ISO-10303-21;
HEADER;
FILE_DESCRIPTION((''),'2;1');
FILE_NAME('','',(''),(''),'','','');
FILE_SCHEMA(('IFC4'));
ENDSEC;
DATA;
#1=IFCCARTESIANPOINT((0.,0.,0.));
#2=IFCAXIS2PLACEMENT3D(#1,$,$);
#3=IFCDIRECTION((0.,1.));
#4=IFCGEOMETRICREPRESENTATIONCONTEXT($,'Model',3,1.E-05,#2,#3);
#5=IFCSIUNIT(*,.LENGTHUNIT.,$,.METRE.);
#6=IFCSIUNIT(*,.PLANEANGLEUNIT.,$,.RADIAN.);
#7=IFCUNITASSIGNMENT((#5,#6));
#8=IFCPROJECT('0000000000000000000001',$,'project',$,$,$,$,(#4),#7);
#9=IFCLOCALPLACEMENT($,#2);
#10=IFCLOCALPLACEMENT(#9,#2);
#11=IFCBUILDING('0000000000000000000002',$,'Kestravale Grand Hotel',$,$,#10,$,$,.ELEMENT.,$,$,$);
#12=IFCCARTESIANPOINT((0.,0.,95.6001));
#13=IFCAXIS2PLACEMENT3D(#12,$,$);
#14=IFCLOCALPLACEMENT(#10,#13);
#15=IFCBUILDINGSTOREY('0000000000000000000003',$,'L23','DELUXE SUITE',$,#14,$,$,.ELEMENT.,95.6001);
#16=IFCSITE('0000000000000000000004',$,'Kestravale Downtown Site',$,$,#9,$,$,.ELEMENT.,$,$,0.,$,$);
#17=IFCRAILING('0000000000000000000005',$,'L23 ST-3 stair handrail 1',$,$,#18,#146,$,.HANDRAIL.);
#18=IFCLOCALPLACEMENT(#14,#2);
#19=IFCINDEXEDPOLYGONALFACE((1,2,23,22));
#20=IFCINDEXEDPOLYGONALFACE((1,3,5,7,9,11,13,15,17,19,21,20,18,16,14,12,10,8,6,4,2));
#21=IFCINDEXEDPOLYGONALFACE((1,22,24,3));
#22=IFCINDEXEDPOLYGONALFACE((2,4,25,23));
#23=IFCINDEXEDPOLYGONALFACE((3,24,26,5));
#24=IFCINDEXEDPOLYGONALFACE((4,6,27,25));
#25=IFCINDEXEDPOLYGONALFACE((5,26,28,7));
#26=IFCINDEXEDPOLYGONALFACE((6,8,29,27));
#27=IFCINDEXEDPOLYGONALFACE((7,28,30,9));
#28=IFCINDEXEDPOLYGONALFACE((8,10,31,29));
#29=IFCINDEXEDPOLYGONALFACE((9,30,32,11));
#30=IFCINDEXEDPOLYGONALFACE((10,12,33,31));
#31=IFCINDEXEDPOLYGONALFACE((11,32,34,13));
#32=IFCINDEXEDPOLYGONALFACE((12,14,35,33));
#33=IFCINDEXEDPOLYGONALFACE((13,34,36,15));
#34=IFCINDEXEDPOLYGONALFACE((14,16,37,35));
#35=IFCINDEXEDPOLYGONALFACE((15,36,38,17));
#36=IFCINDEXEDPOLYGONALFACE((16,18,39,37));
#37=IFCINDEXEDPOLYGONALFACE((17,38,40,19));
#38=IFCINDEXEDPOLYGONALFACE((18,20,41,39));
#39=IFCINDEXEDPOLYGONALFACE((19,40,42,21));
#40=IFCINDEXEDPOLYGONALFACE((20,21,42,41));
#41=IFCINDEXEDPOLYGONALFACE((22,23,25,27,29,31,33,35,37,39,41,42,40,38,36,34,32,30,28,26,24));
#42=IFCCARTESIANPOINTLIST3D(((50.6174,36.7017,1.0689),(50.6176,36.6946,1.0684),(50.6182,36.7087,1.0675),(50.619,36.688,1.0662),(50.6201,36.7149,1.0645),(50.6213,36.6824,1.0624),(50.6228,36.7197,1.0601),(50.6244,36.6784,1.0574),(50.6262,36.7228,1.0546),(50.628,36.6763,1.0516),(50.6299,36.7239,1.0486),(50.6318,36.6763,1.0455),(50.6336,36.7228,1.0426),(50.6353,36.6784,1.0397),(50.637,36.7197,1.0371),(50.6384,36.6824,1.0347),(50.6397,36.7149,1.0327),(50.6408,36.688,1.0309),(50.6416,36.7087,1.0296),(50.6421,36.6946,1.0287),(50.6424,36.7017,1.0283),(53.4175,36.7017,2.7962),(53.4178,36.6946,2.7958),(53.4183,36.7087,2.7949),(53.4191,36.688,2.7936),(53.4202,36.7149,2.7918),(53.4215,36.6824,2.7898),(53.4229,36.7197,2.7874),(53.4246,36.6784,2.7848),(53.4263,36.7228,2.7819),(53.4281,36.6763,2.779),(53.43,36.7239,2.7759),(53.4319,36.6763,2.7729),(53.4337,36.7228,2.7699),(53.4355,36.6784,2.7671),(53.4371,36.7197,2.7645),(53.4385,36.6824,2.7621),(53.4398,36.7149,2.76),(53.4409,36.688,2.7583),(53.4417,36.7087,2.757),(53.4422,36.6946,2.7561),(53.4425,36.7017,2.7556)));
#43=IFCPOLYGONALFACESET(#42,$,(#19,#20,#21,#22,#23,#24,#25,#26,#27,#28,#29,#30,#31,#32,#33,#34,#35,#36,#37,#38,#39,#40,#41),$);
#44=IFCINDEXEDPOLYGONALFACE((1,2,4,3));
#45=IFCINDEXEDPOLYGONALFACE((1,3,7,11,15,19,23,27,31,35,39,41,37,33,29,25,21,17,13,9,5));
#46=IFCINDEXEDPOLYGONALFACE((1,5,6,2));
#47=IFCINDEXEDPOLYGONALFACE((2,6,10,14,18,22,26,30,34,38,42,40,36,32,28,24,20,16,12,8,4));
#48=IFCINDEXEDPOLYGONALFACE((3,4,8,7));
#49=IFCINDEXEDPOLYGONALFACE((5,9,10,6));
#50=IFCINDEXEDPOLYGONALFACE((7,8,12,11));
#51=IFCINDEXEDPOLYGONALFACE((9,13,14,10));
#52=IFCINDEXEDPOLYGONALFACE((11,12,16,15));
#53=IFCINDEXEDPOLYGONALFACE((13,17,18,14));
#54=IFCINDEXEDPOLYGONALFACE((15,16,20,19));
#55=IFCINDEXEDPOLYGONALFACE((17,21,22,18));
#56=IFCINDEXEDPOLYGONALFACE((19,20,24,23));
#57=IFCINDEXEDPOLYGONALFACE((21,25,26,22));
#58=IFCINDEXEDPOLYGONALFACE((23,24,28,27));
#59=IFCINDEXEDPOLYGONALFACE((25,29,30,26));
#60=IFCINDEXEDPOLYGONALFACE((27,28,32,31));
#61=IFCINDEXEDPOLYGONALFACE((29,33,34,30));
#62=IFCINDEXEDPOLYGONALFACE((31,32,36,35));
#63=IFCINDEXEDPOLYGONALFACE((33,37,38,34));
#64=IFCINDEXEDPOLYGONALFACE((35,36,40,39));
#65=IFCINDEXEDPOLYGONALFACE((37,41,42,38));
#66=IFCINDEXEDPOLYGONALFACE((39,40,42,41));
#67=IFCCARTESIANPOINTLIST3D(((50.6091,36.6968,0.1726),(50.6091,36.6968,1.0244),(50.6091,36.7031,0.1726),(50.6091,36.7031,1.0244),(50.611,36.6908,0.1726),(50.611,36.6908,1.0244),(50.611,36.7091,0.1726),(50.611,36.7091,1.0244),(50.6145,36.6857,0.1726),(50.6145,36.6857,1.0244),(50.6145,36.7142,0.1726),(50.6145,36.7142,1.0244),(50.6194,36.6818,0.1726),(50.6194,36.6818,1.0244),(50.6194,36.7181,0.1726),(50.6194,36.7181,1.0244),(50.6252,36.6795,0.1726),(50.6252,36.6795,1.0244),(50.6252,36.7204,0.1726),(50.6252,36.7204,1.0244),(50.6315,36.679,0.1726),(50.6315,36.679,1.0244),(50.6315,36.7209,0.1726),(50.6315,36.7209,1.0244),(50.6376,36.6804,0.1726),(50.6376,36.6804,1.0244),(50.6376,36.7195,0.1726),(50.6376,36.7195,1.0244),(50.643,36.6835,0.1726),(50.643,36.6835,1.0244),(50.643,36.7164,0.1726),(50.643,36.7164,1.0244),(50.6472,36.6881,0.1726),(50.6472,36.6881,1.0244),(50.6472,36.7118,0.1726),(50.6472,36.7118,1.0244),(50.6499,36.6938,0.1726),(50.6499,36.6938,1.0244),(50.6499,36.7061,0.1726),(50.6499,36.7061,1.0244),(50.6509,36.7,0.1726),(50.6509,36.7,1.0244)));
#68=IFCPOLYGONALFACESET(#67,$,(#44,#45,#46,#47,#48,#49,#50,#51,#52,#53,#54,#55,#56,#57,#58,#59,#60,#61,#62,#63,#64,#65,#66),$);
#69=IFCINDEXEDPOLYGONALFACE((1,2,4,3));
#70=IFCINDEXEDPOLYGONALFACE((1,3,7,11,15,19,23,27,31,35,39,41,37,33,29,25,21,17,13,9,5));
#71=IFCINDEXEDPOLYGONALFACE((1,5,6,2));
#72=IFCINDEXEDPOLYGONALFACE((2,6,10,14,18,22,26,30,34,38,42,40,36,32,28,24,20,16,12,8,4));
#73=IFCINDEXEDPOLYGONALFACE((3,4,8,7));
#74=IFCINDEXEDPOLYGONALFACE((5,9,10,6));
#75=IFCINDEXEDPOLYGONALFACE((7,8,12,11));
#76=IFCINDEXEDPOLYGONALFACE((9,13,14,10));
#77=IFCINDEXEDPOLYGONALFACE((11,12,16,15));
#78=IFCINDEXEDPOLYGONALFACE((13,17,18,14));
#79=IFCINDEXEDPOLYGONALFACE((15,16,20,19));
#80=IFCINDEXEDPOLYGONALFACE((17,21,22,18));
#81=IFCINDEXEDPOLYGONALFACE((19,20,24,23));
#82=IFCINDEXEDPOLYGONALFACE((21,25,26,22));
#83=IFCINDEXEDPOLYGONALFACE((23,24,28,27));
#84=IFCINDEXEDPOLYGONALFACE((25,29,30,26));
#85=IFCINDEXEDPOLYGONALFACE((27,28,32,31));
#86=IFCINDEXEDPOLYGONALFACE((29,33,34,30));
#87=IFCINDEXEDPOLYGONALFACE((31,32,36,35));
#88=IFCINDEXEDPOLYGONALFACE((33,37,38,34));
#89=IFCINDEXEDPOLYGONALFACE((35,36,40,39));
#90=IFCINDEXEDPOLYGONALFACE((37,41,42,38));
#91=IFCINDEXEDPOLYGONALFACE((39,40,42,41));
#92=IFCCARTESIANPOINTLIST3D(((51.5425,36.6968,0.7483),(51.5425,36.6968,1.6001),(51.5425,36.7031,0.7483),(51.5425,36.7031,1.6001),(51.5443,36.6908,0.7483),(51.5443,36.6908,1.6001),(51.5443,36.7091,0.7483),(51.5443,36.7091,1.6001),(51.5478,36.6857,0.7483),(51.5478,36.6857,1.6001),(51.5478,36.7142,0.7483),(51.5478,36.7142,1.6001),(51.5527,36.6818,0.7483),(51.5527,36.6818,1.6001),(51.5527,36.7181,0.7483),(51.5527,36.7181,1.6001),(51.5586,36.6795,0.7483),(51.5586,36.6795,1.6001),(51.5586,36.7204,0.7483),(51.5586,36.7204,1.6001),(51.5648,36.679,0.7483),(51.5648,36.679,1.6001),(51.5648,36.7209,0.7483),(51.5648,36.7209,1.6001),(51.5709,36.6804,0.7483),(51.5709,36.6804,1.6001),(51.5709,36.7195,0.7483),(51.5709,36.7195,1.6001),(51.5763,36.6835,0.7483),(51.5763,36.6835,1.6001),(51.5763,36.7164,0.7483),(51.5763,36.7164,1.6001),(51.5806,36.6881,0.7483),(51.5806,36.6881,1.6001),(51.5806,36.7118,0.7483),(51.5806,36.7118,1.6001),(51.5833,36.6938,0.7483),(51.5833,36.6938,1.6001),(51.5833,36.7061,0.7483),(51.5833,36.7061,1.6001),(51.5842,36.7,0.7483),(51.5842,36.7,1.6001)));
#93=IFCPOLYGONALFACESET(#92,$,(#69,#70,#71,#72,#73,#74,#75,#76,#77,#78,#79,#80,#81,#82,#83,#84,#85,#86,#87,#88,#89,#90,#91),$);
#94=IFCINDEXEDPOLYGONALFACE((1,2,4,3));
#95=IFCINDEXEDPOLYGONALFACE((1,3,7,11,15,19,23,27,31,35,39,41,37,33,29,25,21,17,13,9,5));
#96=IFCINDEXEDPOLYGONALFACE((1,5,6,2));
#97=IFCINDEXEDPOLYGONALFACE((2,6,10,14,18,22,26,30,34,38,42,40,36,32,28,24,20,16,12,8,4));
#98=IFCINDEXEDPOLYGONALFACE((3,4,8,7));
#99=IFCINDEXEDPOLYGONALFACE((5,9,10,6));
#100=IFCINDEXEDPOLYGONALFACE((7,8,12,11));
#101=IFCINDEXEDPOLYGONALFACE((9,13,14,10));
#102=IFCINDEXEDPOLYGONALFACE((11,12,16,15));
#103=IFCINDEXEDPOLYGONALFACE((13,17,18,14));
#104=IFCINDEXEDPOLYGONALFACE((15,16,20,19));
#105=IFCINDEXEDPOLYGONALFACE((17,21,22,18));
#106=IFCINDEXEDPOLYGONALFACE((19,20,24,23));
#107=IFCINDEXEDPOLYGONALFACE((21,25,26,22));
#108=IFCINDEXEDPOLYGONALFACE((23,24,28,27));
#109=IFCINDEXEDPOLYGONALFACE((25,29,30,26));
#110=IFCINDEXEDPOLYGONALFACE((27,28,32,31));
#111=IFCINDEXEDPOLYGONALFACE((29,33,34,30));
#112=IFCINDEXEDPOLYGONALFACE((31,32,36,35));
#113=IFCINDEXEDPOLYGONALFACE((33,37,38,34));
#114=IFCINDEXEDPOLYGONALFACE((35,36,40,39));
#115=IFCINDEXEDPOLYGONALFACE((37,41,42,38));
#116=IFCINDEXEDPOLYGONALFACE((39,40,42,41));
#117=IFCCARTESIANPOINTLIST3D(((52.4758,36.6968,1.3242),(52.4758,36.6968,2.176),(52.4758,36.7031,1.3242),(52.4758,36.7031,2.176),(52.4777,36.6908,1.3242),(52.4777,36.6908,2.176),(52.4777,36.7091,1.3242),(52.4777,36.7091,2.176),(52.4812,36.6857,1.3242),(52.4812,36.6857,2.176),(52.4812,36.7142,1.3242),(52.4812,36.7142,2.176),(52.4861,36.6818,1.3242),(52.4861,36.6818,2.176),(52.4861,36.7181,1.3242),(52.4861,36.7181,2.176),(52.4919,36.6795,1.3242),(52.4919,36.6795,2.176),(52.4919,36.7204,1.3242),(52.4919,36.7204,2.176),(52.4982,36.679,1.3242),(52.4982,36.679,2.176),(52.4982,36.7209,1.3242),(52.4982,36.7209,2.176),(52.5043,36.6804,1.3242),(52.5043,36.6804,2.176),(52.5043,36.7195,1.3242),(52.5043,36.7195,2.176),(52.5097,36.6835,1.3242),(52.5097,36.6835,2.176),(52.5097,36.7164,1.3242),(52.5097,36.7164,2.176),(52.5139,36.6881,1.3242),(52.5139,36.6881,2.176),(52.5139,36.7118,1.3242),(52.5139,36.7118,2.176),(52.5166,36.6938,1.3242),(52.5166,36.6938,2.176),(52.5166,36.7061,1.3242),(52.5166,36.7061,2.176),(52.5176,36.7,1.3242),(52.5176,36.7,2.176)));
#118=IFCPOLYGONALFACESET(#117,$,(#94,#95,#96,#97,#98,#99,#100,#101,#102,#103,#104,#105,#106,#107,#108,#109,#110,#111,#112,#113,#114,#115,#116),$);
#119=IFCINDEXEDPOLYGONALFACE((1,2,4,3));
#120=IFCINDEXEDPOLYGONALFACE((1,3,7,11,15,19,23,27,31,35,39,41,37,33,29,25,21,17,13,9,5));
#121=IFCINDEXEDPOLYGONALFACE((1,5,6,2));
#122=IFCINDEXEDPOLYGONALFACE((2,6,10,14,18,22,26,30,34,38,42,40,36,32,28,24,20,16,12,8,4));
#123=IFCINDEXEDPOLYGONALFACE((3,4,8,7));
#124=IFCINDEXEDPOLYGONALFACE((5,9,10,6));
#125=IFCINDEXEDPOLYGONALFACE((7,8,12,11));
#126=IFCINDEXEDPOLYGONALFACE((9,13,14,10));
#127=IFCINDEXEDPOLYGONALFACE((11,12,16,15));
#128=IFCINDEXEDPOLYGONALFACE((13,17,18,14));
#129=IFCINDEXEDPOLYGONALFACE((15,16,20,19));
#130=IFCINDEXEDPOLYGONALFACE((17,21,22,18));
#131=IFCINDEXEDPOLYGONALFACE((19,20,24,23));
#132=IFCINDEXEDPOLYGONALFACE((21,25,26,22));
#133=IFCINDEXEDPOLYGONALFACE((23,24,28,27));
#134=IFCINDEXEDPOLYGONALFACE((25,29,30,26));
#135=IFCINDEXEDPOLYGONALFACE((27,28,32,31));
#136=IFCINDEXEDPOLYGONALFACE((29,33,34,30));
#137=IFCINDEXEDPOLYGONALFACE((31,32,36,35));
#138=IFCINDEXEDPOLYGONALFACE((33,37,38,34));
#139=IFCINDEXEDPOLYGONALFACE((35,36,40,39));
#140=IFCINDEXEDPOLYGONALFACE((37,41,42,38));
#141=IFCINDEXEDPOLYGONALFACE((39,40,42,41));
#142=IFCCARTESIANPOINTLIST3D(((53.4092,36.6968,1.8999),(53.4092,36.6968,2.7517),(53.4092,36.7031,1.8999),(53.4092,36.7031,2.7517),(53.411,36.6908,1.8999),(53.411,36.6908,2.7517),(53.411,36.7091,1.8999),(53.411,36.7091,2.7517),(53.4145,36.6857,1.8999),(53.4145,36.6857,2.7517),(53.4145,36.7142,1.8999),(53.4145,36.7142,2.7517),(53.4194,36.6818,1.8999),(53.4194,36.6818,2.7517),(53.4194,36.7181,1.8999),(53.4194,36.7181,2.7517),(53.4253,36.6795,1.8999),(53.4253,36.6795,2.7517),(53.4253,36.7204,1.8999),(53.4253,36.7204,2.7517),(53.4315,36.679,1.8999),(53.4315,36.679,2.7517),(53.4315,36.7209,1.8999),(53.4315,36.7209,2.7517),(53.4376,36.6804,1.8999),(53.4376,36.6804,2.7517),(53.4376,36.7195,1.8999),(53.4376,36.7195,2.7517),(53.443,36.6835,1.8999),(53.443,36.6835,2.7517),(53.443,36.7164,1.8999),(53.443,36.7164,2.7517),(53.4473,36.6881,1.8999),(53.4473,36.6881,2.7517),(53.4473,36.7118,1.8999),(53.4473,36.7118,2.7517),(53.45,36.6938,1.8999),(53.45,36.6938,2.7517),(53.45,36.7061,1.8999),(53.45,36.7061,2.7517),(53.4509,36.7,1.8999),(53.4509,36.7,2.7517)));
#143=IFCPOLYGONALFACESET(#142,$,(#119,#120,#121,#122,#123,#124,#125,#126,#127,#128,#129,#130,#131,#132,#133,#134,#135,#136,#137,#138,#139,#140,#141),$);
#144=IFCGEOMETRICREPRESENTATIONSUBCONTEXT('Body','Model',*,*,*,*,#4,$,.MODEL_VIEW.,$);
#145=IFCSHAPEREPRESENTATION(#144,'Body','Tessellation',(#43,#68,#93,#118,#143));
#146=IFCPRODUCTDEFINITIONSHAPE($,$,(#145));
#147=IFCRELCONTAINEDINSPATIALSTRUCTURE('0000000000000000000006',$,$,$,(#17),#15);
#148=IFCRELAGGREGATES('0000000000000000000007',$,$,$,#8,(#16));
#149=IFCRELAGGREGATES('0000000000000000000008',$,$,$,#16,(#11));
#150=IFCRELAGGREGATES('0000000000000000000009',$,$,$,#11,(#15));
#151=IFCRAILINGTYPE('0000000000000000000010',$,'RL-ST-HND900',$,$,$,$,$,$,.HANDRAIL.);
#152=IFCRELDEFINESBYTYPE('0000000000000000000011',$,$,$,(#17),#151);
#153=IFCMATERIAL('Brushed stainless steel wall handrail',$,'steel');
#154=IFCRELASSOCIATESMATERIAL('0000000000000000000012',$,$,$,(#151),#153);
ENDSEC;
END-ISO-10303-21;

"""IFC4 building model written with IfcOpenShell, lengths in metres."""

from ifc_helpers import new_model, si_unit, direction, frame, origin, origin_2d, place, context, subcontext, project, spatial, circle, extrude, material, type_object, element, save


model = new_model("IFC4")

# Units and contexts
model_context = context("Model", 3, precision=1e-05, world=origin(), true_north=direction((0.0, 1.0)))
body_context = subcontext(model_context, "Body", "Model", "MODEL_VIEW")
ifc_project = project(units=[si_unit("LENGTHUNIT", "METRE"), si_unit("PLANEANGLEUNIT", "RADIAN")], contexts=[model_context])

# Site, building, storey
site_placement = place(None, origin())
site = spatial("IfcSite", under=ifc_project, at=site_placement, Name="Kestravale Downtown Site", CompositionType="ELEMENT", RefElevation=0.0)
building_placement = place(site_placement, origin())
building = spatial("IfcBuilding", under=site, at=building_placement, Name="Kestravale Grand Hotel", CompositionType="ELEMENT")
storey_placement = place(building_placement, frame((0.0, 0.0, 95.6001)))
storey = spatial("IfcBuildingStorey", under=building, at=storey_placement, Name="L23", Description="DELUXE SUITE", CompositionType="ELEMENT", Elevation=95.6001)

# Railing
ifc_material_1 = material(Name="Brushed stainless steel wall handrail", Category="steel")
railing_type_1 = type_object("IfcRailingType", Name="RL-ST-HND900", PredefinedType="HANDRAIL", material=ifc_material_1)
railing_1_placement = place(storey_placement, frame((50.6299, 36.7, 0.1726)))
element("IfcRailing", 1, at=railing_1_placement, inside=storey, type_object=railing_type_1, Name="L23 ST-3 stair handrail 1", PredefinedType="HANDRAIL", context=body_context, shape_type="SweptSolid", body=[
    extrude(circle(Radius=0.0239, at=origin_2d()), frame((0.0, 0.0, 0.876), z_axis=(0.85109, 0.0, 0.52502), x_axis=(0.0, 1.0, 0.0)), (0.0, 0.0, 1.0), 3.29),
    extrude(circle(Radius=0.021, at=origin_2d()), origin(), (0.0, 0.0, 1.0), 0.8518),
    extrude(circle(Radius=0.021, at=origin_2d()), frame((0.9333, 0.0, 0.5757)), (0.0, 0.0, 1.0), 0.8518),
    extrude(circle(Radius=0.021, at=origin_2d()), frame((1.8667, 0.0, 1.1516)), (0.0, 0.0, 1.0), 0.8518),
    extrude(circle(Radius=0.021, at=origin_2d()), frame((2.8, 0.0, 1.7273)), (0.0, 0.0, 1.0), 0.8518),
])

save(model, "model.ifc")
